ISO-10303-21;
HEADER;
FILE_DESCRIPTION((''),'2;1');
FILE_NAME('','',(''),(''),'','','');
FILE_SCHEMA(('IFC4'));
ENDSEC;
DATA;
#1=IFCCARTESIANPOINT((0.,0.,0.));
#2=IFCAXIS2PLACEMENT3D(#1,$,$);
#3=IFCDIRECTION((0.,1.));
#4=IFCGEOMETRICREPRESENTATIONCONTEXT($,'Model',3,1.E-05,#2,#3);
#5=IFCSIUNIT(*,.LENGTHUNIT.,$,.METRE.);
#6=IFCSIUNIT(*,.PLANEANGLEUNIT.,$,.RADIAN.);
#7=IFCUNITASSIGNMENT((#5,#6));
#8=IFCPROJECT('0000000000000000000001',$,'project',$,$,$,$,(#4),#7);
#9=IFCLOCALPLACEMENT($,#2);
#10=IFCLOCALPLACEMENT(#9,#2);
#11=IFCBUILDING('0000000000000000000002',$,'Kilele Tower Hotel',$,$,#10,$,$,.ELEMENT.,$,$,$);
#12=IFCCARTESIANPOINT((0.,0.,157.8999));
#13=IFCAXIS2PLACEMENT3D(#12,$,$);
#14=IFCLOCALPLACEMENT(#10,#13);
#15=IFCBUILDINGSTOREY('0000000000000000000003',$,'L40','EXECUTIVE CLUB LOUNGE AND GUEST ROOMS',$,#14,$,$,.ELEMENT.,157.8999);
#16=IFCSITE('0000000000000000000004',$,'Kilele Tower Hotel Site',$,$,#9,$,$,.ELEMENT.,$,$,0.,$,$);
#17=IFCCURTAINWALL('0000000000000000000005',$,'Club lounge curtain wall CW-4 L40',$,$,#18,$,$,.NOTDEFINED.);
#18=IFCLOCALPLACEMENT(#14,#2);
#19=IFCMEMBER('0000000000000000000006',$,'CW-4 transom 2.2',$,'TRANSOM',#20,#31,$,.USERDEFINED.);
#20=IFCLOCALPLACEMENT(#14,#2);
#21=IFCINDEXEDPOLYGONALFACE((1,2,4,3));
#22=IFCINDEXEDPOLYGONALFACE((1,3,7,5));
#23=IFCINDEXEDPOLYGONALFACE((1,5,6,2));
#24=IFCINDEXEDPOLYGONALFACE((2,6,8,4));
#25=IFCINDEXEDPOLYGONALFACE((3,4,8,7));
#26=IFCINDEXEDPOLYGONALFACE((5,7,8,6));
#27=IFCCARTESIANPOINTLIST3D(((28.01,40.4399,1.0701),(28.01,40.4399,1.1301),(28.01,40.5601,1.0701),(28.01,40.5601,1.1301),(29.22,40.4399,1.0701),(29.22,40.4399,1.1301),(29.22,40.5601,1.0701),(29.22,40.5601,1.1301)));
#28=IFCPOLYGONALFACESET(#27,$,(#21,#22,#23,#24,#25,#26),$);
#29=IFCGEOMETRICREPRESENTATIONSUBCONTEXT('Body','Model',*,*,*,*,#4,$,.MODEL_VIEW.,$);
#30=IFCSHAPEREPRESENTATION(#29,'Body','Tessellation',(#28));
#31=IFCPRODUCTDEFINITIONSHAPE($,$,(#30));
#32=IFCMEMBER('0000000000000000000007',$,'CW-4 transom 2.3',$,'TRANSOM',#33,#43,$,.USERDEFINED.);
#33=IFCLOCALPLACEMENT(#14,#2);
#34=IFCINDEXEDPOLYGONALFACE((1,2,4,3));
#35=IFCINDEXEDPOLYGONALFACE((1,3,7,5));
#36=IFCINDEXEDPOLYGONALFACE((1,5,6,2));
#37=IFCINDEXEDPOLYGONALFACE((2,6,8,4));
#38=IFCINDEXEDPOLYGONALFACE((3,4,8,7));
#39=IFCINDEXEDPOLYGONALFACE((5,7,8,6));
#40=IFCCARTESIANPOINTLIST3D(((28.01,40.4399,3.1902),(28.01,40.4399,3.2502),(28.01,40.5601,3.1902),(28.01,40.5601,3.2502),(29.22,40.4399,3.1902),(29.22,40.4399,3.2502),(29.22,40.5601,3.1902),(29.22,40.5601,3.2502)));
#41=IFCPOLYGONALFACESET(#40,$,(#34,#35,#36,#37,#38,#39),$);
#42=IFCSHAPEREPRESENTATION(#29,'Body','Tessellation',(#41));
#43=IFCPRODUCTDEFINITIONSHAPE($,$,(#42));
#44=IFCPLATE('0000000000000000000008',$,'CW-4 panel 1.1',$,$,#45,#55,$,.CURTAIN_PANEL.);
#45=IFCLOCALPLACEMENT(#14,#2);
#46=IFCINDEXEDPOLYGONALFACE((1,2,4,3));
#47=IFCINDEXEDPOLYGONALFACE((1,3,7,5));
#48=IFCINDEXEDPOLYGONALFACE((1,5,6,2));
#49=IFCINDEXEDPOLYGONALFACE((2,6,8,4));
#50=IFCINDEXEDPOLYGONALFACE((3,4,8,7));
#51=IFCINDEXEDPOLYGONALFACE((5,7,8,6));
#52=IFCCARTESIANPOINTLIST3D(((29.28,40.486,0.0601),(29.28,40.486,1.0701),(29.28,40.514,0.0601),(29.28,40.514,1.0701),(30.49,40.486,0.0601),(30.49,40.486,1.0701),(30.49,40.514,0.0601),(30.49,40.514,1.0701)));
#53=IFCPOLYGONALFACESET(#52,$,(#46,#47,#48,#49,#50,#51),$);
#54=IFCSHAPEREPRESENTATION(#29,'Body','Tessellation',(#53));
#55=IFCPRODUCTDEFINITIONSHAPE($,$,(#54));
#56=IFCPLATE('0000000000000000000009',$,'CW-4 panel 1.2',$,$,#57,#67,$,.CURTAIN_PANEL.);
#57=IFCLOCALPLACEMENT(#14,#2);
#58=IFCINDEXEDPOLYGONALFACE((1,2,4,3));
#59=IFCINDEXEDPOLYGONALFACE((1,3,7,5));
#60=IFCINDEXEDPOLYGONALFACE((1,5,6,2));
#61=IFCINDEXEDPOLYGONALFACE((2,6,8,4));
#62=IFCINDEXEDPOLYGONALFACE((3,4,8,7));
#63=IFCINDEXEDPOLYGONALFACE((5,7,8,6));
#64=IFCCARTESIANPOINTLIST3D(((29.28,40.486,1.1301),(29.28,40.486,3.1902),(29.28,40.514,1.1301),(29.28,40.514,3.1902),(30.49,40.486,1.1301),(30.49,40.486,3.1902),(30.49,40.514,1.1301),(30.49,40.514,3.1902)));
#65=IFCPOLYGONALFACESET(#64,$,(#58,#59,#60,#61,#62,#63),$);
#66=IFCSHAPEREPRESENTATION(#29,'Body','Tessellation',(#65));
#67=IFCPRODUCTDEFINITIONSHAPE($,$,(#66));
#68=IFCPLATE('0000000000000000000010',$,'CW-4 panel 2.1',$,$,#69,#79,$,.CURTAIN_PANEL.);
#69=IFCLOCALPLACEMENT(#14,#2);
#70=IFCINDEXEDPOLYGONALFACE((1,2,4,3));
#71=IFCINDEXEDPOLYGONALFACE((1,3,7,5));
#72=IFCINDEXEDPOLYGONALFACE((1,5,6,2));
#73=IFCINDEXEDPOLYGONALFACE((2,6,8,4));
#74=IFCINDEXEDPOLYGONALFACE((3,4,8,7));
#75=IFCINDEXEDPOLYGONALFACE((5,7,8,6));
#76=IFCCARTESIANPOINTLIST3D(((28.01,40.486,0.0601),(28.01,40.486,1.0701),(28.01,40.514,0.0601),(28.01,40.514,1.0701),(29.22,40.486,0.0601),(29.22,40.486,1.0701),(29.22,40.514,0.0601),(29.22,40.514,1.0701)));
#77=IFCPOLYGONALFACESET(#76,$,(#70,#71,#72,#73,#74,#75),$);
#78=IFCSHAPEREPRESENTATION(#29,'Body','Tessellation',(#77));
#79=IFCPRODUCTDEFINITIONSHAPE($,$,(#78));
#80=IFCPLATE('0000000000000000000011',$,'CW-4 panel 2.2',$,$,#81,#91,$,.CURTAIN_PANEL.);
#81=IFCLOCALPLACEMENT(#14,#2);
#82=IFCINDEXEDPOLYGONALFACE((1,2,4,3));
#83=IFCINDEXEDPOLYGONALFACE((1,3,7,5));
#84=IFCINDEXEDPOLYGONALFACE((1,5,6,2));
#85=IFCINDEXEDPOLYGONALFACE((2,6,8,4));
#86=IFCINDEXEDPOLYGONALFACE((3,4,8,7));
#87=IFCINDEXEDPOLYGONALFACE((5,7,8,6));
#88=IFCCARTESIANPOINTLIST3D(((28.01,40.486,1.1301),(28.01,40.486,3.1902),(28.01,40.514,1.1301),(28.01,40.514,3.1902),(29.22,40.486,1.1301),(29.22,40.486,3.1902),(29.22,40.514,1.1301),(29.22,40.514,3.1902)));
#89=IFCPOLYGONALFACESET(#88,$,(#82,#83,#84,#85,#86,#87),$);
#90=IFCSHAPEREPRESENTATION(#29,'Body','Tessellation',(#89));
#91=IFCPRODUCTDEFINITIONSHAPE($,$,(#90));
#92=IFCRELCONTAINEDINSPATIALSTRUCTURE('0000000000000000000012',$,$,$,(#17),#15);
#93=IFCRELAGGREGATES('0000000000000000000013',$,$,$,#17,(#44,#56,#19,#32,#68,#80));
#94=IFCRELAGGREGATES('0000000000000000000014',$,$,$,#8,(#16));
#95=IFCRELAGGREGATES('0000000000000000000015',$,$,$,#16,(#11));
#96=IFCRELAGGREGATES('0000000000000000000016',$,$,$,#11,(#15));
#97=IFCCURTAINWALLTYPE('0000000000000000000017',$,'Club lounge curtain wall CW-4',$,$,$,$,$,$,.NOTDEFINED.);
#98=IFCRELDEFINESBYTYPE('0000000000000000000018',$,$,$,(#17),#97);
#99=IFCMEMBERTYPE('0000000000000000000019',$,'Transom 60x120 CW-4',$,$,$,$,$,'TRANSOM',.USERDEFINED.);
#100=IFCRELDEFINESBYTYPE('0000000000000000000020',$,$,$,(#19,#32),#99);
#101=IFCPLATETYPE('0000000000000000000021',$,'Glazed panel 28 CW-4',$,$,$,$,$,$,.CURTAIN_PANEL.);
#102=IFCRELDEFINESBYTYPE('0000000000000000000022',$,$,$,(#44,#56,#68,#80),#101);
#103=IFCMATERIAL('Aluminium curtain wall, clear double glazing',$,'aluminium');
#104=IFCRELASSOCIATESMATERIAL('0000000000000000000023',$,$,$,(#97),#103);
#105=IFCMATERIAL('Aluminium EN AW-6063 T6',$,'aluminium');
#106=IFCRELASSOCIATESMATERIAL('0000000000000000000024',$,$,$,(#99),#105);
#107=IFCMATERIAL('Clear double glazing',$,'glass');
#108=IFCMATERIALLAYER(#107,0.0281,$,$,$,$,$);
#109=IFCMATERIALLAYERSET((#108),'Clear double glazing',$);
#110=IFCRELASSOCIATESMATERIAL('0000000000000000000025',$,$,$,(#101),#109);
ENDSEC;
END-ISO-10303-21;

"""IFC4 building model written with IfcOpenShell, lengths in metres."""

from ifc_helpers import new_model, si_unit, direction, frame, origin, origin_2d, place, context, subcontext, project, spatial, rectangle, extrude, material, layer, layer_set, material_profile, profile_set, type_object, element, aggregate, save


model = new_model("IFC4")

# Units and contexts
model_context = context("Model", 3, precision=1e-05, world=origin(), true_north=direction((0.0, 1.0)))
body_context = subcontext(model_context, "Body", "Model", "MODEL_VIEW")
ifc_project = project(units=[si_unit("LENGTHUNIT", "METRE"), si_unit("PLANEANGLEUNIT", "RADIAN")], contexts=[model_context])

# Site, building, storey
site_placement = place(None, origin())
site = spatial("IfcSite", under=ifc_project, at=site_placement, Name="Kilele Tower Hotel Site", CompositionType="ELEMENT", RefElevation=0.0)
building_placement = place(site_placement, origin())
building = spatial("IfcBuilding", under=site, at=building_placement, Name="Kilele Tower Hotel", CompositionType="ELEMENT")
storey_placement = place(building_placement, frame((0.0, 0.0, 157.8999)))
storey = spatial("IfcBuildingStorey", under=building, at=storey_placement, Name="L40", Description="EXECUTIVE CLUB LOUNGE AND GUEST ROOMS", CompositionType="ELEMENT", Elevation=157.8999)

# Curtain wall
ifc_material_1 = material(Name="Aluminium curtain wall, clear double glazing", Category="aluminium")
curtain_wall_type = type_object("IfcCurtainWallType", Name="Club lounge curtain wall CW-4", PredefinedType="NOTDEFINED", material=ifc_material_1)
curtain_wall_1_placement = place(storey_placement, origin())
curtain_wall_1 = element("IfcCurtainWall", 1, at=curtain_wall_1_placement, inside=storey, type_object=curtain_wall_type, Name="Club lounge curtain wall CW-4 L40", PredefinedType="NOTDEFINED")

# Members
ifc_material_2 = material(Name="Aluminium EN AW-6063 T6", Category="aluminium")
ifc_material_profile_1 = material_profile(ifc_material_2, rectangle(XDim=0.1201, YDim=0.0601, at=origin_2d()))
ifc_profile_set_1 = profile_set([ifc_material_profile_1], Name="Aluminium EN AW-6063 T6")
member_type_1 = type_object("IfcMemberType", Name="Transom 60x120 CW-4", ElementType="TRANSOM", PredefinedType="USERDEFINED", material=ifc_profile_set_1)
member_1_placement = place(storey_placement, frame((29.22, 40.5, 1.1001), z_axis=(-1.0, 0.0, 0.0), x_axis=(0.0, -1.0, 0.0)))
member_1 = element("IfcMember", 2, at=member_1_placement, type_object=member_type_1, Name="CW-4 transom 2.2", ObjectType="TRANSOM", PredefinedType="USERDEFINED", context=body_context, shape_type="SweptSolid", body=[
    extrude(rectangle(XDim=0.1201, YDim=0.0601, at=origin_2d()), origin(), (0.0, 0.0, 1.0), 1.21),
])
member_2_placement = place(storey_placement, frame((29.22, 40.5, 3.2202), z_axis=(-1.0, 0.0, 0.0), x_axis=(0.0, -1.0, 0.0)))
member_2 = element("IfcMember", 3, at=member_2_placement, type_object=member_type_1, Name="CW-4 transom 2.3", ObjectType="TRANSOM", PredefinedType="USERDEFINED", context=body_context, shape_type="SweptSolid", body=[
    extrude(rectangle(XDim=0.1201, YDim=0.0601, at=origin_2d()), origin(), (0.0, 0.0, 1.0), 1.21),
])

# Plates
ifc_material_3 = material(Name="Clear double glazing", Category="glass")
ifc_layer = layer(ifc_material_3, 0.0281)
ifc_layer_set = layer_set([ifc_layer], Name="Clear double glazing")
plate_type = type_object("IfcPlateType", Name="Glazed panel 28 CW-4", PredefinedType="CURTAIN_PANEL", material=ifc_layer_set)
plate_1_placement = place(storey_placement, frame((29.885, 40.5, 0.0601), z_axis=(0.0, 0.0, 1.0), x_axis=(-1.0, 0.0, 0.0)))
plate_1 = element("IfcPlate", 4, at=plate_1_placement, type_object=plate_type, Name="CW-4 panel 1.1", PredefinedType="CURTAIN_PANEL", context=body_context, shape_type="SweptSolid", body=[
    extrude(rectangle(XDim=1.21, YDim=0.0281, at=origin_2d()), origin(), (0.0, 0.0, 1.0), 1.01),
])
plate_2_placement = place(storey_placement, frame((29.885, 40.5, 1.1301), z_axis=(0.0, 0.0, 1.0), x_axis=(-1.0, 0.0, 0.0)))
plate_2 = element("IfcPlate", 5, at=plate_2_placement, type_object=plate_type, Name="CW-4 panel 1.2", PredefinedType="CURTAIN_PANEL", context=body_context, shape_type="SweptSolid", body=[
    extrude(rectangle(XDim=1.21, YDim=0.0281, at=origin_2d()), origin(), (0.0, 0.0, 1.0), 2.0601),
])
plate_3_placement = place(storey_placement, frame((28.615, 40.5, 0.0601), z_axis=(0.0, 0.0, 1.0), x_axis=(-1.0, 0.0, 0.0)))
plate_3 = element("IfcPlate", 6, at=plate_3_placement, type_object=plate_type, Name="CW-4 panel 2.1", PredefinedType="CURTAIN_PANEL", context=body_context, shape_type="SweptSolid", body=[
    extrude(rectangle(XDim=1.21, YDim=0.0281, at=origin_2d()), origin(), (0.0, 0.0, 1.0), 1.01),
])
plate_4_placement = place(storey_placement, frame((28.615, 40.5, 1.1301), z_axis=(0.0, 0.0, 1.0), x_axis=(-1.0, 0.0, 0.0)))
plate_4 = element("IfcPlate", 7, at=plate_4_placement, type_object=plate_type, Name="CW-4 panel 2.2", PredefinedType="CURTAIN_PANEL", context=body_context, shape_type="SweptSolid", body=[
    extrude(rectangle(XDim=1.21, YDim=0.0281, at=origin_2d()), origin(), (0.0, 0.0, 1.0), 2.0601),
])
aggregate(curtain_wall_1, [plate_1, plate_2, member_1, member_2, plate_3, plate_4])

save(model, "model.ifc")
